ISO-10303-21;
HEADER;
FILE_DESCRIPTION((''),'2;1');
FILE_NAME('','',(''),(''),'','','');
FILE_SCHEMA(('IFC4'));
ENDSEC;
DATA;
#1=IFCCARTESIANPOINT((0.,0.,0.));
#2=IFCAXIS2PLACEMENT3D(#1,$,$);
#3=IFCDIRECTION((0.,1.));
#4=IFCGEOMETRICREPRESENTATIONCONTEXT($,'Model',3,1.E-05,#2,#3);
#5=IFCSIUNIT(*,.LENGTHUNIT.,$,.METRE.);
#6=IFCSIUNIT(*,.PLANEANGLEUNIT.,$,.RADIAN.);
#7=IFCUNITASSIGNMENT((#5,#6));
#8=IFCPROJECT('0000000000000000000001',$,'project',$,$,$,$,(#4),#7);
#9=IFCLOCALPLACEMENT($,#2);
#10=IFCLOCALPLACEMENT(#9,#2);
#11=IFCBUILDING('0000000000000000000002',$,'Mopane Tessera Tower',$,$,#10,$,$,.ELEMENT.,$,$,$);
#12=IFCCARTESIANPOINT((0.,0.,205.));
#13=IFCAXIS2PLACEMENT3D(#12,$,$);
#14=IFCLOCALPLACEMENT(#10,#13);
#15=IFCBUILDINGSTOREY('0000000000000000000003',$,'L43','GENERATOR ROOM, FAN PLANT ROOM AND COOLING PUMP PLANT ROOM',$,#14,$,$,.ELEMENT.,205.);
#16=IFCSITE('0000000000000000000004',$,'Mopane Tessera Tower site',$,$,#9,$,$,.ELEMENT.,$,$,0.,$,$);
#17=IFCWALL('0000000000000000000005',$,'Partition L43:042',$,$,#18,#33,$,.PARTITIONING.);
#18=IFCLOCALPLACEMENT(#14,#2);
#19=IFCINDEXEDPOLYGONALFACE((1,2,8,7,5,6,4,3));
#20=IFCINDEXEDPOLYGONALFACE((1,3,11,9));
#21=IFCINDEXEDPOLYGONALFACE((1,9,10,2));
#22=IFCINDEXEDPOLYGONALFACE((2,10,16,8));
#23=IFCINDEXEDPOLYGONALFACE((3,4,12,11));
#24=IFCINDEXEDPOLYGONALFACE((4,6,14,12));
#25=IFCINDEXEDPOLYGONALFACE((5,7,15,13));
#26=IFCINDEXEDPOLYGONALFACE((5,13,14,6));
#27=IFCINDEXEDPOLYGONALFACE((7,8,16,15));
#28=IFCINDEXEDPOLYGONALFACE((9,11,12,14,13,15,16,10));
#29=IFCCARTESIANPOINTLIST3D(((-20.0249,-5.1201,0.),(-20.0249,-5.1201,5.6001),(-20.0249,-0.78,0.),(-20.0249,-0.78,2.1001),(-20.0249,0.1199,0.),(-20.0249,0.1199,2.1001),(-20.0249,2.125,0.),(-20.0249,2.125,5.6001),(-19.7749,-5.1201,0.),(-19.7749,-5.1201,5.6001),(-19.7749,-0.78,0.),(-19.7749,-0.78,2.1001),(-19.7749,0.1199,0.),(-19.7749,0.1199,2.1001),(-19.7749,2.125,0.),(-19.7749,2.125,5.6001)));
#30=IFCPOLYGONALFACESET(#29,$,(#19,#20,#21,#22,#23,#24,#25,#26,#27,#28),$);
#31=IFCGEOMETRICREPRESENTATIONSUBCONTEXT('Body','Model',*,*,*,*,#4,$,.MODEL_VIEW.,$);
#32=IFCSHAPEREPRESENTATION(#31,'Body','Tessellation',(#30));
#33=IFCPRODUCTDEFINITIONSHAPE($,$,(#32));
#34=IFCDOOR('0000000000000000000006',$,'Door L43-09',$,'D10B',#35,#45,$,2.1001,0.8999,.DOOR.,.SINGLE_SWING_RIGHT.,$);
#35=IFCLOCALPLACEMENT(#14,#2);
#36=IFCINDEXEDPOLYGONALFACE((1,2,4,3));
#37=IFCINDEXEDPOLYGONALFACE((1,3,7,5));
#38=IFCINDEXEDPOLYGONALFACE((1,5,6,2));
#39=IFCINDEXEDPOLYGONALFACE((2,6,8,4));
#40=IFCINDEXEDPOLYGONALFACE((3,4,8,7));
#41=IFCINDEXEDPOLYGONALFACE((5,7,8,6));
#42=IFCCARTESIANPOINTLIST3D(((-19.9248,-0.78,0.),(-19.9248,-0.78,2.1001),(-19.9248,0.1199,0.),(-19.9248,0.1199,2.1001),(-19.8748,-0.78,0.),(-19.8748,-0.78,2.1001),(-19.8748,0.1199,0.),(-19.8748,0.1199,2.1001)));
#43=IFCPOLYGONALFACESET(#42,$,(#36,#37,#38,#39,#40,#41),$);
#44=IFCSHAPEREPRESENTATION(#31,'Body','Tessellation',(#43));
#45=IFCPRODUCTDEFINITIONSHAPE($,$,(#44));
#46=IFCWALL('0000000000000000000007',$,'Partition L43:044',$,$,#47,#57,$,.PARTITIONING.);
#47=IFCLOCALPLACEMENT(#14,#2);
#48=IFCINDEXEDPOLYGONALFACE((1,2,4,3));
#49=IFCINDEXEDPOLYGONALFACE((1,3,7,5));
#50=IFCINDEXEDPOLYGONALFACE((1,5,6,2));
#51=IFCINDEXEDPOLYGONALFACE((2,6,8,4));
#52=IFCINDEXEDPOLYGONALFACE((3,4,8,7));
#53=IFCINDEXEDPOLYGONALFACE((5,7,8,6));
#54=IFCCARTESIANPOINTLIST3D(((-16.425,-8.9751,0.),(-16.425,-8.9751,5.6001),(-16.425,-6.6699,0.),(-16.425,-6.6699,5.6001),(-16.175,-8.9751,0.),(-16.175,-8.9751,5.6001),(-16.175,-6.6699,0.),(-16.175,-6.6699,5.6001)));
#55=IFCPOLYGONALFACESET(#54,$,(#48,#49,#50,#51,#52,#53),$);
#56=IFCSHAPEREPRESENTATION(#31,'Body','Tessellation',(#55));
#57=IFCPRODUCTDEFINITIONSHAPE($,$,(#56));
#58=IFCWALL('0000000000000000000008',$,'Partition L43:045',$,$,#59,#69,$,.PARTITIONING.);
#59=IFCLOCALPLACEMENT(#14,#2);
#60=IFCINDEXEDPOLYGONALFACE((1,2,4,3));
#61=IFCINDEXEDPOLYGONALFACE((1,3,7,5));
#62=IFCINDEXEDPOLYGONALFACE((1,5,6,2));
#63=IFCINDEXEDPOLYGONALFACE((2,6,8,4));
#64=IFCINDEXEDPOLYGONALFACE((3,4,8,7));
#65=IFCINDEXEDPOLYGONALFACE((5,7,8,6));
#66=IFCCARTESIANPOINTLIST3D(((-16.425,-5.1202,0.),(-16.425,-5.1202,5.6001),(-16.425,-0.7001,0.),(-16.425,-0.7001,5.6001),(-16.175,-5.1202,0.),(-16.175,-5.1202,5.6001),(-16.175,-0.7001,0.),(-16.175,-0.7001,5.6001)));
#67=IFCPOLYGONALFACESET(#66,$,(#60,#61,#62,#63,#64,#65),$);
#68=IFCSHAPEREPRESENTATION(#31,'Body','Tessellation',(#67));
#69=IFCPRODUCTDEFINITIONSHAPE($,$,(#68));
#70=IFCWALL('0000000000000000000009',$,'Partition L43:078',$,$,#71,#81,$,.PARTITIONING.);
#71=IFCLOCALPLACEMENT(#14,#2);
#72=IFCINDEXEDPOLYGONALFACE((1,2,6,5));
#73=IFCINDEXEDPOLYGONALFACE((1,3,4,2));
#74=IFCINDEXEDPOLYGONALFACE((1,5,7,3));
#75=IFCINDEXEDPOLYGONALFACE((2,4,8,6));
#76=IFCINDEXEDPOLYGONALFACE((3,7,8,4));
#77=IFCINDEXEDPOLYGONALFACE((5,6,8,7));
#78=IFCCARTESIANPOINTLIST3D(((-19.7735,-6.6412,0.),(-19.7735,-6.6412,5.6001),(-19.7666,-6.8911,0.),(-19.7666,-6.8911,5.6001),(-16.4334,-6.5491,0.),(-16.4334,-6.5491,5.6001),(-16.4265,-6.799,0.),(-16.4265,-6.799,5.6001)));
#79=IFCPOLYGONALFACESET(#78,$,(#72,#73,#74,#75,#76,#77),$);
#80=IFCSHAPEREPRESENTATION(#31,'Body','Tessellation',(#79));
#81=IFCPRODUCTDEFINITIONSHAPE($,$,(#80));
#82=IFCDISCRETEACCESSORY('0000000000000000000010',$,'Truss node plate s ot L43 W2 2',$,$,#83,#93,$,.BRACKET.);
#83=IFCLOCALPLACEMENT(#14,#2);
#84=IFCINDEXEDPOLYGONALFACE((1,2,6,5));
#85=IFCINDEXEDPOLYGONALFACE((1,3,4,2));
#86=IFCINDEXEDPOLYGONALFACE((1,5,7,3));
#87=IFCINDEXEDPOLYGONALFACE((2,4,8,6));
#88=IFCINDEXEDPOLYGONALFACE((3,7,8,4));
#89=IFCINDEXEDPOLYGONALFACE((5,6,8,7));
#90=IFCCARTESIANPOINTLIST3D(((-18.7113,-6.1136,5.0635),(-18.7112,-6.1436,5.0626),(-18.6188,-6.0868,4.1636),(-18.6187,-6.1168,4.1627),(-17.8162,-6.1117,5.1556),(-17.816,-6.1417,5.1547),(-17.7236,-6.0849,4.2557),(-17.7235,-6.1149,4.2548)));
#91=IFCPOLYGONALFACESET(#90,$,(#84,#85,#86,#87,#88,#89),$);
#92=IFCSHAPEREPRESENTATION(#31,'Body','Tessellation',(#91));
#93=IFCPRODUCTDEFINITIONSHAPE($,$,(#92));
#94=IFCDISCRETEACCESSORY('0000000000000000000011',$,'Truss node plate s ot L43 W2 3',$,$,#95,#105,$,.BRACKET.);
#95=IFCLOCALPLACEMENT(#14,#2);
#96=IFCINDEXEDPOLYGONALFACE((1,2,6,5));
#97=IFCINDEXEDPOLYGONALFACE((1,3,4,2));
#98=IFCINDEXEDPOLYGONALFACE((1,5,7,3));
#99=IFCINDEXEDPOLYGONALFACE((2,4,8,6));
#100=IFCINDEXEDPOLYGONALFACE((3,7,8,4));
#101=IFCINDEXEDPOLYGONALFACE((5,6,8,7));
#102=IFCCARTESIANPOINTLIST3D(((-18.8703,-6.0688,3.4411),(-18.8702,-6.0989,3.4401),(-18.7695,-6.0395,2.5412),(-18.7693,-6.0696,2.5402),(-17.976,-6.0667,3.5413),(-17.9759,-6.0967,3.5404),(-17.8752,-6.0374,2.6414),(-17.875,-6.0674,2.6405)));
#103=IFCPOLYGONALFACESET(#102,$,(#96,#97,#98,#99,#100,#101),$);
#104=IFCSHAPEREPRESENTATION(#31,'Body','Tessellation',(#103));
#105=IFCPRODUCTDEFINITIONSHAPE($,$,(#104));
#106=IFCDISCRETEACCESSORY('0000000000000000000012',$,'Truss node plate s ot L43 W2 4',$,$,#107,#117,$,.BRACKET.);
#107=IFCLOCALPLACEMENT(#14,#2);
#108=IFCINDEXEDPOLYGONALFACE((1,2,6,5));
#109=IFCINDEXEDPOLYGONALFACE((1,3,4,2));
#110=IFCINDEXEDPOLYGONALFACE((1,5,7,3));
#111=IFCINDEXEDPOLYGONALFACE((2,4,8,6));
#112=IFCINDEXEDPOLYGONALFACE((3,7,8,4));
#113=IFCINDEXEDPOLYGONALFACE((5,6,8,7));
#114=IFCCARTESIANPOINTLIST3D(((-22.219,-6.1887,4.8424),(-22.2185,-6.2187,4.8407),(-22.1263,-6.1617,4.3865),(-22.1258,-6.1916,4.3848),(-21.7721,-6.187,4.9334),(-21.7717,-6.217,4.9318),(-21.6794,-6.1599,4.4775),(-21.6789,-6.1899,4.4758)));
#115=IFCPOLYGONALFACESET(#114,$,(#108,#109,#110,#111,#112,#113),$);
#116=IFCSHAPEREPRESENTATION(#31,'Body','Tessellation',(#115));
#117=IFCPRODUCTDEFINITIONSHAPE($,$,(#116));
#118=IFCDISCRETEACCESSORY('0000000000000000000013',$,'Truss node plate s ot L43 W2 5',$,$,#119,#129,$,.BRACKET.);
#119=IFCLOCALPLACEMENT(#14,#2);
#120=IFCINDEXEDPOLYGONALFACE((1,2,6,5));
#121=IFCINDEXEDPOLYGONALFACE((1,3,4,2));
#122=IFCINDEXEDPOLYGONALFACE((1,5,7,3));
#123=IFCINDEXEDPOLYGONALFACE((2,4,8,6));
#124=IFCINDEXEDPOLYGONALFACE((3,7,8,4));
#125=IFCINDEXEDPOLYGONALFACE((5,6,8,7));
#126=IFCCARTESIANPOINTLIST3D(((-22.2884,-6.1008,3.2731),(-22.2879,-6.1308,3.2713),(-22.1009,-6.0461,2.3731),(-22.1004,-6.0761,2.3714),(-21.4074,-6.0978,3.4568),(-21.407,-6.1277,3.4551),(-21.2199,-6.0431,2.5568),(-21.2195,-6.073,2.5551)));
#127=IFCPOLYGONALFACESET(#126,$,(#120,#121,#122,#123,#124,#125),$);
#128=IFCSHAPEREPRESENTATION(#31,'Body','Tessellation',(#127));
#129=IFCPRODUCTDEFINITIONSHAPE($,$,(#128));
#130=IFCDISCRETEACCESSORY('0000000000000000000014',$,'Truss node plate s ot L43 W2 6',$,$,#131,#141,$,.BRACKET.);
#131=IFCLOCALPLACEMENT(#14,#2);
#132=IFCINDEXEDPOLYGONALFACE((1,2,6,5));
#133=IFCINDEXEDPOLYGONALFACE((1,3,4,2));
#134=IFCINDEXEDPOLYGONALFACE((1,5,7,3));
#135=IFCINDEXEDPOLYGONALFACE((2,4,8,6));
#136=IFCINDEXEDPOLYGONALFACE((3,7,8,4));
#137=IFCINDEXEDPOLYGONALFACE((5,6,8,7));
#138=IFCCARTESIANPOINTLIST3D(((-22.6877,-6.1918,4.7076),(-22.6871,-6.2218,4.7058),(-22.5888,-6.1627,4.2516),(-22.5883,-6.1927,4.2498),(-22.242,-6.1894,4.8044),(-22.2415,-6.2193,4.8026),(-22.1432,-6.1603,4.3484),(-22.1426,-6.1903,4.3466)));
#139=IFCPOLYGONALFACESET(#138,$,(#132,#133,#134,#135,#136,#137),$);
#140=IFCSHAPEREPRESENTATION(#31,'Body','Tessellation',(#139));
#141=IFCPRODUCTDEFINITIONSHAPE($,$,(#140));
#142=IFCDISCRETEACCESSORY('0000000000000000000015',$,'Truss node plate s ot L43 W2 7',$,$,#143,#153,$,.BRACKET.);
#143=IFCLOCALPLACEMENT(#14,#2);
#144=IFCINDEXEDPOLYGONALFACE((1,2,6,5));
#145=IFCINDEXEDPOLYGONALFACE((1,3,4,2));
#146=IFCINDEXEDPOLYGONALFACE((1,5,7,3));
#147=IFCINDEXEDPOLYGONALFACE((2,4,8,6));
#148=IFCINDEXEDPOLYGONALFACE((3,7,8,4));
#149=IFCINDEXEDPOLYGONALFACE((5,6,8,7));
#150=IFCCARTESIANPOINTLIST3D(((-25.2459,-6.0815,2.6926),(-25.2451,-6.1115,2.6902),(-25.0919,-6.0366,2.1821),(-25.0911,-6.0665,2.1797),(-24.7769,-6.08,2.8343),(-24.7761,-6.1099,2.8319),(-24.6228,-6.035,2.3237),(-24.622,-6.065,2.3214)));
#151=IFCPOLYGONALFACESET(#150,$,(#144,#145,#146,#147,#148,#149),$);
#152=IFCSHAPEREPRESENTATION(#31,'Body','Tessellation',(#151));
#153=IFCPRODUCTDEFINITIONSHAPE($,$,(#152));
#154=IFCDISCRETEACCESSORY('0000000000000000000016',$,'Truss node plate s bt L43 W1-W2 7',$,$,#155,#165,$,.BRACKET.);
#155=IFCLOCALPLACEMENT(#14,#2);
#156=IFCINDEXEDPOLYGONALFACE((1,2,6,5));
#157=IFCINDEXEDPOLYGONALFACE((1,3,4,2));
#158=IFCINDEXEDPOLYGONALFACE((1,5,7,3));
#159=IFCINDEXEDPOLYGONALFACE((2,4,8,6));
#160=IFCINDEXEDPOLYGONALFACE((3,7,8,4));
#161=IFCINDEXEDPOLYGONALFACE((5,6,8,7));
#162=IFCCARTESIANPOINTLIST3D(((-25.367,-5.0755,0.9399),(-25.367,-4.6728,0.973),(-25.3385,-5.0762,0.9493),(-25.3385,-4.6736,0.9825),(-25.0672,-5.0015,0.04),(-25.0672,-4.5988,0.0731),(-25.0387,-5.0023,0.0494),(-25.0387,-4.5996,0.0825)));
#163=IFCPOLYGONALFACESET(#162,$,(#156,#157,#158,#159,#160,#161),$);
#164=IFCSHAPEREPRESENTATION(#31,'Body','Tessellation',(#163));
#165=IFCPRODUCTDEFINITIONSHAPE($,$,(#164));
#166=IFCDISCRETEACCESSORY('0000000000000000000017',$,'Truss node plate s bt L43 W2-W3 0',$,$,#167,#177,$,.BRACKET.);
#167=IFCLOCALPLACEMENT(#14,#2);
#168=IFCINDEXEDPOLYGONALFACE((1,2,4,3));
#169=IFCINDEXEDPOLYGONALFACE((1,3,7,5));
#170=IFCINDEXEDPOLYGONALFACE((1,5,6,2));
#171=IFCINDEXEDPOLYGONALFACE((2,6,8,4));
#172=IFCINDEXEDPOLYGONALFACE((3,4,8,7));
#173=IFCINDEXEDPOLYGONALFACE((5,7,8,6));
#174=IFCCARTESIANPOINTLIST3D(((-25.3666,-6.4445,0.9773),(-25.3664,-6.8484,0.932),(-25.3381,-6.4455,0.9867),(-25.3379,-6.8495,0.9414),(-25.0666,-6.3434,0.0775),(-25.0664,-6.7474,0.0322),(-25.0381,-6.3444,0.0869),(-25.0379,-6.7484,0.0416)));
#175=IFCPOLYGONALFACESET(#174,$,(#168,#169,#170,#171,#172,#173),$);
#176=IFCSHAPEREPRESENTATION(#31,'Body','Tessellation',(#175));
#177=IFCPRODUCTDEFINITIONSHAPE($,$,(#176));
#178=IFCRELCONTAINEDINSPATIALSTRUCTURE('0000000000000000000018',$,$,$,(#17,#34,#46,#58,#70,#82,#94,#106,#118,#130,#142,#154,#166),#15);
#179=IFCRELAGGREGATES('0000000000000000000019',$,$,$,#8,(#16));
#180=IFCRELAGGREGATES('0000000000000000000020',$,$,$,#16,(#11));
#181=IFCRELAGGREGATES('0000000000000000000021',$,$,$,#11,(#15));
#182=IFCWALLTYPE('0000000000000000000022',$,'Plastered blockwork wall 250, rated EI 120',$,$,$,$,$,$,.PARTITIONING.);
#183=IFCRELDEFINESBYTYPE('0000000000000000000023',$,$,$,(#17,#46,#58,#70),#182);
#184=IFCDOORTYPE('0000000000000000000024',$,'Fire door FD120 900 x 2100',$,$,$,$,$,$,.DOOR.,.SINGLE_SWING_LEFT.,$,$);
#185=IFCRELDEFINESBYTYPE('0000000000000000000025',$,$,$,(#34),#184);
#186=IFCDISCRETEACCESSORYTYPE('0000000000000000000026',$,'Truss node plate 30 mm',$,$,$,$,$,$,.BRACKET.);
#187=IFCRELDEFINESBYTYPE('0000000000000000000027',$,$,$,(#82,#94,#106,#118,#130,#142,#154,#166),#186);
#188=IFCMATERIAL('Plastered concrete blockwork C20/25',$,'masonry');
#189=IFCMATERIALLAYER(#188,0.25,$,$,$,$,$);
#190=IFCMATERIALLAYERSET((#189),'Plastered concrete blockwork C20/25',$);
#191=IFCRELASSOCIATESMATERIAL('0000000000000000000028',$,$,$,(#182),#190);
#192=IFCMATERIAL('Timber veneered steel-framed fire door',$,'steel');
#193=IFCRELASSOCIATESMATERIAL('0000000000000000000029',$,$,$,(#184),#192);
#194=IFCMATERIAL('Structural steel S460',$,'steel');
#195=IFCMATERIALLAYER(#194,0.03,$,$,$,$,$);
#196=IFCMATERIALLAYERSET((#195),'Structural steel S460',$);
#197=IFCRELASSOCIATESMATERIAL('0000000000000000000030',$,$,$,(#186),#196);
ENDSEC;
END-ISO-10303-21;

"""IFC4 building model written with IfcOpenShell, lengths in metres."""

from ifc_helpers import new_model, si_unit, direction, frame, frame_2d, origin, origin_2d, place, context, subcontext, project, spatial, rectangle, extrude, material, layer, layer_set, type_object, element, fill, save


model = new_model("IFC4")

# Units and contexts
model_context = context("Model", 3, precision=1e-05, world=origin(), true_north=direction((0.0, 1.0)))
body_context = subcontext(model_context, "Body", "Model", "MODEL_VIEW")
ifc_project = project(units=[si_unit("LENGTHUNIT", "METRE"), si_unit("PLANEANGLEUNIT", "RADIAN")], contexts=[model_context])

# Site, building, storey
site_placement = place(None, origin())
site = spatial("IfcSite", under=ifc_project, at=site_placement, Name="Mopane Tessera Tower site", CompositionType="ELEMENT", RefElevation=0.0)
building_placement = place(site_placement, origin())
building = spatial("IfcBuilding", under=site, at=building_placement, Name="Mopane Tessera Tower", CompositionType="ELEMENT")
storey_placement = place(building_placement, frame((0.0, 0.0, 205.0)))
storey = spatial("IfcBuildingStorey", under=building, at=storey_placement, Name="L43", Description="GENERATOR ROOM, FAN PLANT ROOM AND COOLING PUMP PLANT ROOM", CompositionType="ELEMENT", Elevation=205.0)

# Shared definitions
ifc_material_1 = material(Name="Plastered concrete blockwork C20/25", Category="masonry")
ifc_layer_1 = layer(ifc_material_1, 0.25)
ifc_layer_set_1 = layer_set([ifc_layer_1], Name="Plastered concrete blockwork C20/25")
wall_type = type_object("IfcWallType", Name="Plastered blockwork wall 250, rated EI 120", PredefinedType="PARTITIONING", material=ifc_layer_set_1)

# Wall, opening, door
wall_1_placement = place(storey_placement, frame((-19.8999, -5.1201, 0.0), z_axis=(0.0, 0.0, 1.0), x_axis=(0.0, 1.0, 0.0)))
wall_1 = element("IfcWall", 1, at=wall_1_placement, inside=storey, type_object=wall_type, Name="Partition L43:042", PredefinedType="PARTITIONING", context=body_context, shape_type="SweptSolid", body=[
    extrude(rectangle(XDim=7.2451, YDim=0.25, at=frame_2d((3.6226, 0.0))), origin(), (0.0, 0.0, 1.0), 5.6001),
])
opening_1_placement = place(wall_1_placement, frame((4.3401, 0.0, 0.0)))
opening_1 = element("IfcOpeningElement", 2, at=opening_1_placement, cuts=wall_1, PredefinedType="OPENING", context=body_context, shape_type="SweptSolid", body=[
    extrude(rectangle(XDim=0.8999, YDim=2.1001, at=frame_2d((0.45, 1.05))), frame((0.0, 0.137, 0.0), z_axis=(0.0, -1.0, 0.0), x_axis=(1.0, 0.0, 0.0)), (0.0, 0.0, 1.0), 0.2739),
])
ifc_material_2 = material(Name="Timber veneered steel-framed fire door", Category="steel")
door_type_1 = type_object("IfcDoorType", Name="Fire door FD120 900 x 2100", OperationType="SINGLE_SWING_LEFT", PredefinedType="DOOR", material=ifc_material_2)
door_1_placement = place(opening_1_placement, origin())
door_1 = element("IfcDoor", 3, at=door_1_placement, inside=storey, type_object=door_type_1, Name="Door L43-09", ObjectType="D10B", OperationType="SINGLE_SWING_RIGHT", OverallHeight=2.1001, OverallWidth=0.8999, PredefinedType="DOOR", context=body_context, shape_type="SweptSolid", body=[
    extrude(rectangle(XDim=0.8999, YDim=2.1001, at=frame_2d((0.45, 1.05))), frame((0.0, 0.0249, 0.0), z_axis=(0.0, -1.0, 0.0), x_axis=(1.0, 0.0, 0.0)), (0.0, 0.0, 1.0), 0.05),
])
fill(opening_1, door_1)

# Walls
wall_2_placement = place(storey_placement, frame((-16.3, -8.9751, 0.0), z_axis=(0.0, 0.0, 1.0), x_axis=(0.0, 1.0, 0.0)))
element("IfcWall", 4, at=wall_2_placement, inside=storey, type_object=wall_type, Name="Partition L43:044", PredefinedType="PARTITIONING", context=body_context, shape_type="SweptSolid", body=[
    extrude(rectangle(XDim=2.3052, YDim=0.25, at=frame_2d((1.1526, 0.0))), origin(), (0.0, 0.0, 1.0), 5.6001),
])
wall_3_placement = place(storey_placement, frame((-16.3, -5.1201, 0.0), z_axis=(0.0, 0.0, 1.0), x_axis=(0.0, 1.0, 0.0)))
element("IfcWall", 5, at=wall_3_placement, inside=storey, type_object=wall_type, Name="Partition L43:045", PredefinedType="PARTITIONING", context=body_context, shape_type="SweptSolid", body=[
    extrude(rectangle(XDim=4.4202, YDim=0.25, at=frame_2d((2.21, 0.0))), origin(), (0.0, 0.0, 1.0), 5.6001),
])
wall_4_placement = place(storey_placement, frame((-19.77, -6.7661, 0.0), z_axis=(0.0, 0.0, 1.0), x_axis=(0.999621, 0.027546, 0.0)))
element("IfcWall", 6, at=wall_4_placement, inside=storey, type_object=wall_type, Name="Partition L43:078", PredefinedType="PARTITIONING", context=body_context, shape_type="SweptSolid", body=[
    extrude(rectangle(XDim=3.3413, YDim=0.25, at=frame_2d((1.6707, 0.0))), origin(), (0.0, 0.0, 1.0), 5.6001),
])

# Discrete accessories
ifc_material_3 = material(Name="Structural steel S460", Category="steel")
ifc_layer_2 = layer(ifc_material_3, 0.03)
ifc_layer_set_2 = layer_set([ifc_layer_2], Name="Structural steel S460")
discrete_accessory_type = type_object("IfcDiscreteAccessoryType", Name="Truss node plate 30 mm", PredefinedType="BRACKET", material=ifc_layer_set_2)
discrete_accessory_1_placement = place(storey_placement, frame((-18.1711, -6.1008, 4.2092), z_axis=(-0.102237, -0.029673, 0.994317), x_axis=(0.005141, -0.999557, -0.029301)))
element("IfcDiscreteAccessory", 7, at=discrete_accessory_1_placement, inside=storey, type_object=discrete_accessory_type, Name="Truss node plate s ot L43 W2 2", PredefinedType="BRACKET", context=body_context, shape_type="SweptSolid", body=[
    extrude(rectangle(XDim=0.03, YDim=0.8999, at=origin_2d()), origin(), (0.0, 0.0, 1.0), 0.905),
])
discrete_accessory_2_placement = place(storey_placement, frame((-18.3223, -6.0535, 2.5908), z_axis=(-0.111291, -0.032336, 0.993262), x_axis=(0.00599, -0.999474, -0.031867)))
element("IfcDiscreteAccessory", 8, at=discrete_accessory_2_placement, inside=storey, type_object=discrete_accessory_type, Name="Truss node plate s ot L43 W2 3", PredefinedType="BRACKET", context=body_context, shape_type="SweptSolid", body=[
    extrude(rectangle(XDim=0.03, YDim=0.8999, at=origin_2d()), origin(), (0.0, 0.0, 1.0), 0.906),
])
discrete_accessory_3_placement = place(storey_placement, frame((-21.9026, -6.1758, 4.4312), z_axis=(-0.199006, -0.058131, 0.978273), x_axis=(0.015297, -0.998302, -0.056209)))
element("IfcDiscreteAccessory", 9, at=discrete_accessory_3_placement, inside=storey, type_object=discrete_accessory_type, Name="Truss node plate s ot L43 W2 4", PredefinedType="BRACKET", context=body_context, shape_type="SweptSolid", body=[
    extrude(rectangle(XDim=0.03, YDim=0.4561, at=origin_2d()), origin(), (0.0, 0.0, 1.0), 0.4661),
])
discrete_accessory_4_placement = place(storey_placement, frame((-21.6602, -6.0596, 2.4641), z_axis=(-0.203615, -0.059388, 0.977248), x_axis=(0.015409, -0.998229, -0.057452)))
element("IfcDiscreteAccessory", 10, at=discrete_accessory_4_placement, inside=storey, type_object=discrete_accessory_type, Name="Truss node plate s ot L43 W2 5", PredefinedType="BRACKET", context=body_context, shape_type="SweptSolid", body=[
    extrude(rectangle(XDim=0.03, YDim=0.8999, at=origin_2d()), origin(), (0.0, 0.0, 1.0), 0.9209),
])
discrete_accessory_5_placement = place(storey_placement, frame((-22.3657, -6.1765, 4.2991), z_axis=(-0.211477, -0.062138, 0.975406), x_axis=(0.018367, -0.998053, -0.059598)))
element("IfcDiscreteAccessory", 11, at=discrete_accessory_5_placement, inside=storey, type_object=discrete_accessory_type, Name="Truss node plate s ot L43 W2 6", PredefinedType="BRACKET", context=body_context, shape_type="SweptSolid", body=[
    extrude(rectangle(XDim=0.03, YDim=0.4561, at=origin_2d()), origin(), (0.0, 0.0, 1.0), 0.4675),
])
discrete_accessory_6_placement = place(storey_placement, frame((-24.8569, -6.0508, 2.2517), z_axis=(-0.287882, -0.083947, 0.95398), x_axis=(0.02736, -0.996465, -0.079429)))
element("IfcDiscreteAccessory", 12, at=discrete_accessory_6_placement, inside=storey, type_object=discrete_accessory_type, Name="Truss node plate s ot L43 W2 7", PredefinedType="BRACKET", context=body_context, shape_type="SweptSolid", body=[
    extrude(rectangle(XDim=0.03, YDim=0.49, at=origin_2d()), origin(), (0.0, 0.0, 1.0), 0.5352),
])
discrete_accessory_7_placement = place(storey_placement, frame((-25.053, -4.8005, 0.0613), z_axis=(-0.315116, -0.077753, 0.945863), x_axis=(0.949053, -0.025875, 0.314052)))
element("IfcDiscreteAccessory", 13, at=discrete_accessory_7_placement, inside=storey, type_object=discrete_accessory_type, Name="Truss node plate s bt L43 W1-W2 7", PredefinedType="BRACKET", context=body_context, shape_type="SweptSolid", body=[
    extrude(rectangle(XDim=0.03, YDim=0.4041, at=origin_2d()), origin(), (0.0, 0.0, 1.0), 0.9514),
])
discrete_accessory_8_placement = place(storey_placement, frame((-25.0522, -6.5459, 0.0596), z_axis=(-0.314525, -0.105951, 0.943318), x_axis=(0.949249, -0.034794, 0.312594)))
element("IfcDiscreteAccessory", 14, at=discrete_accessory_8_placement, inside=storey, type_object=discrete_accessory_type, Name="Truss node plate s bt L43 W2-W3 0", PredefinedType="BRACKET", context=body_context, shape_type="SweptSolid", body=[
    extrude(rectangle(XDim=0.03, YDim=0.4065, at=origin_2d()), origin(), (0.0, 0.0, 1.0), 0.9539),
])

save(model, "model.ifc")
